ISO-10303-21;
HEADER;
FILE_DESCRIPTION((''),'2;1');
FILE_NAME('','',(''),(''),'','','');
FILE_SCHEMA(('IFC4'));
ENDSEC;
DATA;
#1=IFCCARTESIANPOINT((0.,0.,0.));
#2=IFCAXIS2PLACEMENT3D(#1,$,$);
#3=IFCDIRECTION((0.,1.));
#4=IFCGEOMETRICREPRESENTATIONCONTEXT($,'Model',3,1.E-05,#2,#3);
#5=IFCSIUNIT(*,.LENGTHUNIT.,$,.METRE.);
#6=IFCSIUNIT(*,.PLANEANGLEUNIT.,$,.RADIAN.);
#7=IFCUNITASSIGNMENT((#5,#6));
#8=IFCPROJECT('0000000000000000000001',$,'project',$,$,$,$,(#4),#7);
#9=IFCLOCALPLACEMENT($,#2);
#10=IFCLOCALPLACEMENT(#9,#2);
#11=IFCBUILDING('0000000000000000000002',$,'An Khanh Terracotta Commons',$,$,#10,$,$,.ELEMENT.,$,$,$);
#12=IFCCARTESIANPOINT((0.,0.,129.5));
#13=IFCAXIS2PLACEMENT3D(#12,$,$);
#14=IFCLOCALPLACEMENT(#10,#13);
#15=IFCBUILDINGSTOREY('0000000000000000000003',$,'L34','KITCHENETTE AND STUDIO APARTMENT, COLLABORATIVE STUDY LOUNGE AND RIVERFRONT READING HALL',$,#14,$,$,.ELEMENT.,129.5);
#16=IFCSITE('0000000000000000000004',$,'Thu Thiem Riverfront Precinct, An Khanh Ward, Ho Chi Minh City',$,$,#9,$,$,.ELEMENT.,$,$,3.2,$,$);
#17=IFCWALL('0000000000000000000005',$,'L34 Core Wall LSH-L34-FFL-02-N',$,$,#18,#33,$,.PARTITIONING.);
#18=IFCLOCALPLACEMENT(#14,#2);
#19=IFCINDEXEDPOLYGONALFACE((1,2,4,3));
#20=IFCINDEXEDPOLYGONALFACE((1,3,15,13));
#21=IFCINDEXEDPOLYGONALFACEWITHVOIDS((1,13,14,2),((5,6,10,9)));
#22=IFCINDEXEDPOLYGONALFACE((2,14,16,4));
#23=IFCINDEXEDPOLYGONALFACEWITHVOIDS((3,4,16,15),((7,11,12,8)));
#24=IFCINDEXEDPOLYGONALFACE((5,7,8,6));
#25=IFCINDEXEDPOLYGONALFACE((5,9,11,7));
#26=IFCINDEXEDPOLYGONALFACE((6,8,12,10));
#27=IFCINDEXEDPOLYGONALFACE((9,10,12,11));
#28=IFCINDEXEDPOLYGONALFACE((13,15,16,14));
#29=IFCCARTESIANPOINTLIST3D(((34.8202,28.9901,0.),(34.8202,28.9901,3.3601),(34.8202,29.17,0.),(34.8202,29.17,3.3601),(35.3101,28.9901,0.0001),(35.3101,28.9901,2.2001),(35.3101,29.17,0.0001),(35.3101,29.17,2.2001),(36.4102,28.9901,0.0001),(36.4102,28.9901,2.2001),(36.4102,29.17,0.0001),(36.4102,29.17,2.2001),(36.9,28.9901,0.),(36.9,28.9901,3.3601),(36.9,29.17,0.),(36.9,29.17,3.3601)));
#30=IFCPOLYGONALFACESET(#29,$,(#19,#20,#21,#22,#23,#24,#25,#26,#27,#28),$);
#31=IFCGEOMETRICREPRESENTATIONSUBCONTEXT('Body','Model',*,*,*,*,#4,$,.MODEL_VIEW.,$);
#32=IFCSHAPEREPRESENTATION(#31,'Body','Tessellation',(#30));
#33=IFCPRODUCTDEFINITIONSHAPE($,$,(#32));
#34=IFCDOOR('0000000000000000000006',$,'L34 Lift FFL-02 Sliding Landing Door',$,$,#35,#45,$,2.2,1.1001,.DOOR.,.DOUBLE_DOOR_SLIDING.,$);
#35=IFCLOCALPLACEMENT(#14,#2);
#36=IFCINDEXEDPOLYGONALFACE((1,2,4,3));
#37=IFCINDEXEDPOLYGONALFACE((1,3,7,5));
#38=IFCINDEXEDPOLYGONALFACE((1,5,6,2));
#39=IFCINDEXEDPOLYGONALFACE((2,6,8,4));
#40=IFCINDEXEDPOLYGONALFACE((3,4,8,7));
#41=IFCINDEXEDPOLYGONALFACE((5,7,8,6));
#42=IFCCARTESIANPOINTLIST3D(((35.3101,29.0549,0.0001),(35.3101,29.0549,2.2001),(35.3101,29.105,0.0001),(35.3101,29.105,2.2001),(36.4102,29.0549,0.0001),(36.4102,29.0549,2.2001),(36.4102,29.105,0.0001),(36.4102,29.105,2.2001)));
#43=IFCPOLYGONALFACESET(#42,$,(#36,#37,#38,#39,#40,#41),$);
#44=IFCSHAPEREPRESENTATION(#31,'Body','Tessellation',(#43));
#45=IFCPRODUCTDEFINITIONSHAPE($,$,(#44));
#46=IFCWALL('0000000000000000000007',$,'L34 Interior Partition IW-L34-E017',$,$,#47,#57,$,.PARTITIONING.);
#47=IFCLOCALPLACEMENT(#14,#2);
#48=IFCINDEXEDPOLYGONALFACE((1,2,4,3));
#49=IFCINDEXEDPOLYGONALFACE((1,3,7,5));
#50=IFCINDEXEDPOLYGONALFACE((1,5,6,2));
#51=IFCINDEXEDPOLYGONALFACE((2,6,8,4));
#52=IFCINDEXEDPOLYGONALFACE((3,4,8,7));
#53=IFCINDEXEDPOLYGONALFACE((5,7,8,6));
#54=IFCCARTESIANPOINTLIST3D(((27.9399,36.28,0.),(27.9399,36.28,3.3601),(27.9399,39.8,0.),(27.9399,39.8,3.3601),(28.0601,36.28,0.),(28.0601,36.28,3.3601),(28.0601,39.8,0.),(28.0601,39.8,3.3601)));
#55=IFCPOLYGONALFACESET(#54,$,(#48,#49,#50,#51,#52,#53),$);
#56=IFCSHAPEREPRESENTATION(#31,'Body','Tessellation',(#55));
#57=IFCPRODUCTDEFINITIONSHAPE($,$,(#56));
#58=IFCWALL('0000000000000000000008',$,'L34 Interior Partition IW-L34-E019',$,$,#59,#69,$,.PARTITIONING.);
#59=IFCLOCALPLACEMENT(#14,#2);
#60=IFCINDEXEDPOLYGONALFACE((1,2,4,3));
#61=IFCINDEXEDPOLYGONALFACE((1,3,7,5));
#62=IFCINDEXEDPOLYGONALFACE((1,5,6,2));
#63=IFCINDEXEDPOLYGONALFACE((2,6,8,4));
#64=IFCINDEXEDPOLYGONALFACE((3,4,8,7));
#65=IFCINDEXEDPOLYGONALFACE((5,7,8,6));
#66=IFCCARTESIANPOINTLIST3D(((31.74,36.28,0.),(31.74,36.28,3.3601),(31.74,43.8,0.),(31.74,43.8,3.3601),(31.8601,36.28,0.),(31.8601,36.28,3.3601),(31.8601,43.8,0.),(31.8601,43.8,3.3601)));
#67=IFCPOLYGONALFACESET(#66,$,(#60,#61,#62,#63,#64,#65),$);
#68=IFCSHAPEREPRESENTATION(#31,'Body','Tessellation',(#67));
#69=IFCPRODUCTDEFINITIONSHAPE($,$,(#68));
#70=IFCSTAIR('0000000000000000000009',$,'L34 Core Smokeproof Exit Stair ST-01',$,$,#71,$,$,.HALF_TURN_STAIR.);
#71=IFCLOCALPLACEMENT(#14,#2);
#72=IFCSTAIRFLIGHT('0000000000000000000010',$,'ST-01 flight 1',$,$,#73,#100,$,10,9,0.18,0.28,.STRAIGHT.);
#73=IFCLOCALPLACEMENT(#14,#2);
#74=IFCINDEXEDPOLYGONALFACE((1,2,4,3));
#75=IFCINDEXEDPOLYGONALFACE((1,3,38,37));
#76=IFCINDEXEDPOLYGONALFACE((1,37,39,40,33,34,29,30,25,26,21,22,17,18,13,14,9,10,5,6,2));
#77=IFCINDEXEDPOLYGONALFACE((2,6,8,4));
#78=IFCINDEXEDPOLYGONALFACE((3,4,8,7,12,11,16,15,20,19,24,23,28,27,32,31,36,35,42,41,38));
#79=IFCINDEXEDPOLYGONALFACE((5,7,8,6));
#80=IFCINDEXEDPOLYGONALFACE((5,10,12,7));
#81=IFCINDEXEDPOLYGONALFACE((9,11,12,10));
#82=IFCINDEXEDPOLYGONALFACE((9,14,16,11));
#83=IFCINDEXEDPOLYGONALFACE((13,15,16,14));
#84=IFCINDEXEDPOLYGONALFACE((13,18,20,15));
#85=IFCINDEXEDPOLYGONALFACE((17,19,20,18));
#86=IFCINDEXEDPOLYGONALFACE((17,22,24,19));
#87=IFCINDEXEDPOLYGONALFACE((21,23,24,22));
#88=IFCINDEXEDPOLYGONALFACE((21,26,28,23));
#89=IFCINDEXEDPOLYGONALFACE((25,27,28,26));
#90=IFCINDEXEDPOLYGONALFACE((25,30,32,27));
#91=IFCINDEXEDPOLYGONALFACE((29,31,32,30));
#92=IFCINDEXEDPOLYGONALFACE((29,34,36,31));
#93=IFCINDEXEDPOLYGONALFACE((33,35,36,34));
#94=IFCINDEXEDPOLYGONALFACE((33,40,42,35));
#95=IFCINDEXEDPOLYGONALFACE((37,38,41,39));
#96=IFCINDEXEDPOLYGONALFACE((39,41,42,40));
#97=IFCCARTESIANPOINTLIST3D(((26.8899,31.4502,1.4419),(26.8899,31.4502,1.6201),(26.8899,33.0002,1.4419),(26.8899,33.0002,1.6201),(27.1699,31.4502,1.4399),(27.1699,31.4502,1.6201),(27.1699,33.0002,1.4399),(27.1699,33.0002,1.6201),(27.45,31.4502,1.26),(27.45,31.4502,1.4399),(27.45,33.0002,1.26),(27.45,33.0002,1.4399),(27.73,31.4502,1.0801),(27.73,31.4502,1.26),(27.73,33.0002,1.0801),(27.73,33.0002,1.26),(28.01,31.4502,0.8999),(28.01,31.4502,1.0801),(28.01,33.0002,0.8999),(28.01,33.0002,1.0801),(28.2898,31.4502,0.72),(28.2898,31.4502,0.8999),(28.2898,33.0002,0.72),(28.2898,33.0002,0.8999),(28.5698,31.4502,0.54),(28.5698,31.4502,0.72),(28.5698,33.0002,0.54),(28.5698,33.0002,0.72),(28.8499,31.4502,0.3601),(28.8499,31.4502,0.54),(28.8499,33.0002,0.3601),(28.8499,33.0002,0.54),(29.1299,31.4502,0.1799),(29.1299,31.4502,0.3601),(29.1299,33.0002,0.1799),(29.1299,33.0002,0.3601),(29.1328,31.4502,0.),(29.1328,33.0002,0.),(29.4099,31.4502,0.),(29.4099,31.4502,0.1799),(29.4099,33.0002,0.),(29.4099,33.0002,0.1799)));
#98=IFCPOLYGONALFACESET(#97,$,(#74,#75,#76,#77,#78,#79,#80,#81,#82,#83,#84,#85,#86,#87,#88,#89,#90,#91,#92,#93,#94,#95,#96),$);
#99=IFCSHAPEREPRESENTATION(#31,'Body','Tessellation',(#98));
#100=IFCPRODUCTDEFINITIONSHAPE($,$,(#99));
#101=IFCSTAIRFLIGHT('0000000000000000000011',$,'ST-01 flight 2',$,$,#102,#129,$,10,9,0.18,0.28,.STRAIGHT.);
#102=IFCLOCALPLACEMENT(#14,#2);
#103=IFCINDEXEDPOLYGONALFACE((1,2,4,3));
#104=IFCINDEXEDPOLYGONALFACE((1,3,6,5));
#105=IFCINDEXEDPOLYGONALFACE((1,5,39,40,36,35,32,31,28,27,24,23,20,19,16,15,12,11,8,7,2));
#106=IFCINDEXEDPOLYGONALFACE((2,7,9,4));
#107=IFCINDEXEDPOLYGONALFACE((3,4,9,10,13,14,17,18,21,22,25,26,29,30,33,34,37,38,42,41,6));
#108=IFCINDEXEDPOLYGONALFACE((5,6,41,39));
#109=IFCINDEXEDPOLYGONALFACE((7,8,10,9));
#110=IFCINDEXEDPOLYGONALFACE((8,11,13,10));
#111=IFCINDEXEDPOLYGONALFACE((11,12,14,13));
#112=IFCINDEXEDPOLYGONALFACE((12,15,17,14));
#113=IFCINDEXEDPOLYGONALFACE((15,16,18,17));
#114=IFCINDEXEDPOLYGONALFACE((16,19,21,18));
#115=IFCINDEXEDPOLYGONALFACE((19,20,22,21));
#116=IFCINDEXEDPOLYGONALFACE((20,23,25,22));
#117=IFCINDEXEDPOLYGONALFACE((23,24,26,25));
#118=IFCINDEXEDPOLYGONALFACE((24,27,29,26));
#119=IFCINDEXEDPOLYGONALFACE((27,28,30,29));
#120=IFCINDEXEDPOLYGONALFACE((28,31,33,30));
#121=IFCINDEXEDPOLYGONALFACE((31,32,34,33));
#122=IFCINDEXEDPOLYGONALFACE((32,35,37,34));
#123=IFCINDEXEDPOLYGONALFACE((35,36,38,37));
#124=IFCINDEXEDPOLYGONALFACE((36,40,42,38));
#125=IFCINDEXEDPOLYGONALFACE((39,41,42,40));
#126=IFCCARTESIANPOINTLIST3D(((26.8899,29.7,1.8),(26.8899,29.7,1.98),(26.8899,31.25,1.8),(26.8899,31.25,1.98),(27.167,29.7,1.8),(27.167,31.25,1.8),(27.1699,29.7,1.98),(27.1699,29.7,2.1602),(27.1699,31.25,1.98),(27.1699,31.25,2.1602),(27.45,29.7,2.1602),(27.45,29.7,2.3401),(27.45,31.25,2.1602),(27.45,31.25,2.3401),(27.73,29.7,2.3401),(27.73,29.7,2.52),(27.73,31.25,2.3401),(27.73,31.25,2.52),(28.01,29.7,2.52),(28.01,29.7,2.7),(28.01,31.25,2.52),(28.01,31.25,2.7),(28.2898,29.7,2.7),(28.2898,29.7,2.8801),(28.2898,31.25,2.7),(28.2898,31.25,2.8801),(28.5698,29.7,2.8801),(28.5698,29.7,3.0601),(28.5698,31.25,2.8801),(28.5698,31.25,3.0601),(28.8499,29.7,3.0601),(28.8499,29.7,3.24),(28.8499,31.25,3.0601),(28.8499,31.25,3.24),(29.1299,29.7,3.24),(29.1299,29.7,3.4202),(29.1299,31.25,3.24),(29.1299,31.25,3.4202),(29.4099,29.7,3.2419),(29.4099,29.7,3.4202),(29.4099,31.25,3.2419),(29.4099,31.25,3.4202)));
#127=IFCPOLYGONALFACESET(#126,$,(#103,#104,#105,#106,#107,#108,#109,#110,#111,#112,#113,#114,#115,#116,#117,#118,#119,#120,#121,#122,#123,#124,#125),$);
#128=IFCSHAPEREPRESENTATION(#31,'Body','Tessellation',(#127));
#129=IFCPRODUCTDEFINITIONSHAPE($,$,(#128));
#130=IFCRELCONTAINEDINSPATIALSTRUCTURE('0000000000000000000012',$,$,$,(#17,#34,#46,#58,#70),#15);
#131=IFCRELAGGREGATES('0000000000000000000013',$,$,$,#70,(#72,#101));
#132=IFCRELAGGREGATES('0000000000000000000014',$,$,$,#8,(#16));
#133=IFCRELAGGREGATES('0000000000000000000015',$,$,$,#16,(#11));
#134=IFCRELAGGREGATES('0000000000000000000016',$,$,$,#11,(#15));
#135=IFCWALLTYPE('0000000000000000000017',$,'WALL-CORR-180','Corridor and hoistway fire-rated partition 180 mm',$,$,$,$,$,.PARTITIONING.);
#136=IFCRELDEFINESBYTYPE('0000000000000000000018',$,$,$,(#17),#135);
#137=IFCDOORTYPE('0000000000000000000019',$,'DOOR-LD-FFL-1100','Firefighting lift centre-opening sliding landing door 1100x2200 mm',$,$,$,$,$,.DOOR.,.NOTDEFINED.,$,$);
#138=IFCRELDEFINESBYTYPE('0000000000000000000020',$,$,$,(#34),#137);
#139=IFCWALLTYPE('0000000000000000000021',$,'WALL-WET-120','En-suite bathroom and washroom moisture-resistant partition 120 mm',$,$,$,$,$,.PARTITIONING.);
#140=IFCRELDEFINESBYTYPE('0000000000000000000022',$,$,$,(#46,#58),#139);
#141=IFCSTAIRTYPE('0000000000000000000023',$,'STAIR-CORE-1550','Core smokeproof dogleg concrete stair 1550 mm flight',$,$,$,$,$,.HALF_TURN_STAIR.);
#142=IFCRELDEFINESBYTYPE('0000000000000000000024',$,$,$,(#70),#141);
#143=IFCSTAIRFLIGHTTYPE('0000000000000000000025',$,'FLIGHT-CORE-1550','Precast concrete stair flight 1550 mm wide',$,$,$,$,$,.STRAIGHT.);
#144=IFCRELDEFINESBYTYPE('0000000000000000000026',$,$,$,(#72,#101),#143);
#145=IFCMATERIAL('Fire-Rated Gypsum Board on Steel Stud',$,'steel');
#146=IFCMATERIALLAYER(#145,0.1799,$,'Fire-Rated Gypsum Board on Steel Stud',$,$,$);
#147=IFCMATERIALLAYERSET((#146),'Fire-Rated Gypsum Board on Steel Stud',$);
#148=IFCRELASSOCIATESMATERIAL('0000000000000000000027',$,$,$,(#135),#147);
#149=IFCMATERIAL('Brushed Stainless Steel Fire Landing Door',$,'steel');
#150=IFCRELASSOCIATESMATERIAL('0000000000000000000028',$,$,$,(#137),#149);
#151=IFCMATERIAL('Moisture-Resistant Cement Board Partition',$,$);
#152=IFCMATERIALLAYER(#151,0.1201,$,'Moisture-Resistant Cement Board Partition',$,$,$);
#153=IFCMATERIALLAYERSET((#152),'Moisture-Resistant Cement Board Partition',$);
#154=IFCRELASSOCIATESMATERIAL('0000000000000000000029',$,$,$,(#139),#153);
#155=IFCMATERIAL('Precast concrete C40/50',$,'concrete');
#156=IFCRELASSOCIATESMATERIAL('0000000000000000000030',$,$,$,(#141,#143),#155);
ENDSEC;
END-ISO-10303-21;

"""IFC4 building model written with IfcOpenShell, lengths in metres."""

from ifc_helpers import new_model, si_unit, direction, frame, frame_2d, origin, place, context, subcontext, project, spatial, polyline, rectangle, outline, extrude, material, layer, layer_set, type_object, element, fill, aggregate, save


model = new_model("IFC4")

# Units and contexts
model_context = context("Model", 3, precision=1e-05, world=origin(), true_north=direction((0.0, 1.0)))
body_context = subcontext(model_context, "Body", "Model", "MODEL_VIEW")
ifc_project = project(units=[si_unit("LENGTHUNIT", "METRE"), si_unit("PLANEANGLEUNIT", "RADIAN")], contexts=[model_context])

# Site, building, storey
site_placement = place(None, origin())
site = spatial("IfcSite", under=ifc_project, at=site_placement, Name="Thu Thiem Riverfront Precinct, An Khanh Ward, Ho Chi Minh City", CompositionType="ELEMENT", RefElevation=3.2)
building_placement = place(site_placement, origin())
building = spatial("IfcBuilding", under=site, at=building_placement, Name="An Khanh Terracotta Commons", CompositionType="ELEMENT")
storey_placement = place(building_placement, frame((0.0, 0.0, 129.5)))
storey = spatial("IfcBuildingStorey", under=building, at=storey_placement, Name="L34", Description="KITCHENETTE AND STUDIO APARTMENT, COLLABORATIVE STUDY LOUNGE AND RIVERFRONT READING HALL", CompositionType="ELEMENT", Elevation=129.5)

# Shared definitions
ifc_material_1 = material(Name="Fire-Rated Gypsum Board on Steel Stud", Category="steel")
ifc_layer_1 = layer(ifc_material_1, 0.1799, Name="Fire-Rated Gypsum Board on Steel Stud")
ifc_layer_set_1 = layer_set([ifc_layer_1], Name="Fire-Rated Gypsum Board on Steel Stud")
wall_type_1 = type_object("IfcWallType", Name="WALL-CORR-180", Description="Corridor and hoistway fire-rated partition 180 mm", PredefinedType="PARTITIONING", material=ifc_layer_set_1)

# Shared definitions
ifc_material_2 = material(Name="Brushed Stainless Steel Fire Landing Door", Category="steel")
door_type_1 = type_object("IfcDoorType", Name="DOOR-LD-FFL-1100", Description="Firefighting lift centre-opening sliding landing door 1100x2200 mm", OperationType="NOTDEFINED", PredefinedType="DOOR", material=ifc_material_2)

# Wall, opening, door
wall_1_placement = place(storey_placement, frame((34.8201, 29.0801, 0.0), z_axis=(0.0, 0.0, 1.0), x_axis=(1.0, 0.0, 0.0)))
wall_1 = element("IfcWall", 1, at=wall_1_placement, inside=storey, type_object=wall_type_1, Name="L34 Core Wall LSH-L34-FFL-02-N", PredefinedType="PARTITIONING", context=body_context, shape_type="SweptSolid", body=[
    extrude(rectangle(XDim=2.0798, YDim=0.1799, at=frame_2d((1.04, 0.0))), origin(), (0.0, 0.0, 1.0), 3.3601),
])
opening_1_placement = place(wall_1_placement, frame((0.49, 0.0, 0.0)))
opening_1 = element("IfcOpeningElement", 2, at=opening_1_placement, cuts=wall_1, PredefinedType="OPENING", context=body_context, shape_type="SweptSolid", body=[
    extrude(rectangle(XDim=1.1001, YDim=2.2, at=frame_2d((0.55, 1.1001))), frame((0.0, 0.0999, 0.0), z_axis=(0.0, -1.0, 0.0), x_axis=(1.0, 0.0, 0.0)), (0.0, 0.0, 1.0), 0.2),
])
door_1_placement = place(opening_1_placement, origin())
door_1 = element("IfcDoor", 3, at=door_1_placement, inside=storey, type_object=door_type_1, Name="L34 Lift FFL-02 Sliding Landing Door", OperationType="DOUBLE_DOOR_SLIDING", OverallHeight=2.2, OverallWidth=1.1001, PredefinedType="DOOR", context=body_context, shape_type="SweptSolid", body=[
    extrude(rectangle(XDim=1.1001, YDim=2.2, at=frame_2d((0.55, 1.1001))), frame((0.0, 0.0249, 0.0), z_axis=(0.0, -1.0, 0.0), x_axis=(1.0, 0.0, 0.0)), (0.0, 0.0, 1.0), 0.05),
])
fill(opening_1, door_1)

# Walls
ifc_material_3 = material(Name="Moisture-Resistant Cement Board Partition")
ifc_layer_2 = layer(ifc_material_3, 0.1201, Name="Moisture-Resistant Cement Board Partition")
ifc_layer_set_2 = layer_set([ifc_layer_2], Name="Moisture-Resistant Cement Board Partition")
wall_type_2 = type_object("IfcWallType", Name="WALL-WET-120", Description="En-suite bathroom and washroom moisture-resistant partition 120 mm", PredefinedType="PARTITIONING", material=ifc_layer_set_2)
wall_2_placement = place(storey_placement, frame((28.0, 36.28, 0.0), z_axis=(0.0, 0.0, 1.0), x_axis=(0.0, 1.0, 0.0)))
element("IfcWall", 4, at=wall_2_placement, inside=storey, type_object=wall_type_2, Name="L34 Interior Partition IW-L34-E017", PredefinedType="PARTITIONING", context=body_context, shape_type="SweptSolid", body=[
    extrude(rectangle(XDim=3.52, YDim=0.1201, at=frame_2d((1.76, 0.0))), origin(), (0.0, 0.0, 1.0), 3.3601),
])
wall_3_placement = place(storey_placement, frame((31.8, 36.28, 0.0), z_axis=(0.0, 0.0, 1.0), x_axis=(0.0, 1.0, 0.0)))
element("IfcWall", 5, at=wall_3_placement, inside=storey, type_object=wall_type_2, Name="L34 Interior Partition IW-L34-E019", PredefinedType="PARTITIONING", context=body_context, shape_type="SweptSolid", body=[
    extrude(rectangle(XDim=7.52, YDim=0.1201, at=frame_2d((3.76, 0.0))), origin(), (0.0, 0.0, 1.0), 3.3601),
])

# Stair, stair flights
ifc_material_4 = material(Name="Precast concrete C40/50", Category="concrete")
stair_type = type_object("IfcStairType", Name="STAIR-CORE-1550", Description="Core smokeproof dogleg concrete stair 1550 mm flight", PredefinedType="HALF_TURN_STAIR", material=ifc_material_4)
stair_placement = place(storey_placement, origin())
stair = element("IfcStair", 6, at=stair_placement, inside=storey, type_object=stair_type, Name="L34 Core Smokeproof Exit Stair ST-01", PredefinedType="HALF_TURN_STAIR")
stair_flight_type = type_object("IfcStairFlightType", Name="FLIGHT-CORE-1550", Description="Precast concrete stair flight 1550 mm wide", PredefinedType="STRAIGHT", material=ifc_material_4)
stair_flight_1_placement = place(storey_placement, frame((29.4099, 32.2251, 0.0), z_axis=(0.0, 0.0, 1.0), x_axis=(-1.0, 0.0, 0.0)))
stair_flight_1 = element("IfcStairFlight", 7, at=stair_flight_1_placement, type_object=stair_flight_type, Name="ST-01 flight 1", NumberOfRisers=10, NumberOfTreads=9, PredefinedType="STRAIGHT", RiserHeight=0.18, TreadLength=0.28, context=body_context, shape_type="SweptSolid", body=[
    extrude(outline(polyline([(0.0, 0.0), (0.0, 0.1799), (0.28, 0.1799), (0.28, 0.3601), (0.5601, 0.3601), (0.5601, 0.54), (0.8401, 0.54), (0.8401, 0.72), (1.1201, 0.72), (1.1201, 0.8999), (1.3999, 0.8999), (1.3999, 1.0801), (1.6799, 1.0801), (1.6799, 1.26), (1.96, 1.26), (1.96, 1.4399), (2.24, 1.4399), (2.24, 1.6201), (2.52, 1.6201), (2.52, 1.8), (2.52, 1.4419), (0.2771, 0.0), (0.0, 0.0)])), frame((0.0, 0.7749, 0.0), z_axis=(0.0, -1.0, 0.0), x_axis=(1.0, 0.0, 0.0)), (0.0, 0.0, 1.0), 1.55),
])
stair_flight_2_placement = place(storey_placement, frame((26.8899, 30.4751, 1.8), z_axis=(0.0, 0.0, 1.0), x_axis=(1.0, 0.0, 0.0)))
stair_flight_2 = element("IfcStairFlight", 8, at=stair_flight_2_placement, type_object=stair_flight_type, Name="ST-01 flight 2", NumberOfRisers=10, NumberOfTreads=9, PredefinedType="STRAIGHT", RiserHeight=0.18, TreadLength=0.28, context=body_context, shape_type="SweptSolid", body=[
    extrude(outline(polyline([(0.0, 0.0), (0.0, 0.1799), (0.28, 0.1799), (0.28, 0.3601), (0.5601, 0.3601), (0.5601, 0.54), (0.8401, 0.54), (0.8401, 0.72), (1.1201, 0.72), (1.1201, 0.8999), (1.3999, 0.8999), (1.3999, 1.0801), (1.6799, 1.0801), (1.6799, 1.26), (1.96, 1.26), (1.96, 1.4399), (2.24, 1.4399), (2.24, 1.6201), (2.52, 1.6201), (2.52, 1.8), (2.52, 1.4419), (0.2771, 0.0), (0.0, 0.0)])), frame((0.0, 0.7749, 0.0), z_axis=(0.0, -1.0, 0.0), x_axis=(1.0, 0.0, 0.0)), (0.0, 0.0, 1.0), 1.55),
])
aggregate(stair, [stair_flight_1, stair_flight_2])

save(model, "model.ifc")
